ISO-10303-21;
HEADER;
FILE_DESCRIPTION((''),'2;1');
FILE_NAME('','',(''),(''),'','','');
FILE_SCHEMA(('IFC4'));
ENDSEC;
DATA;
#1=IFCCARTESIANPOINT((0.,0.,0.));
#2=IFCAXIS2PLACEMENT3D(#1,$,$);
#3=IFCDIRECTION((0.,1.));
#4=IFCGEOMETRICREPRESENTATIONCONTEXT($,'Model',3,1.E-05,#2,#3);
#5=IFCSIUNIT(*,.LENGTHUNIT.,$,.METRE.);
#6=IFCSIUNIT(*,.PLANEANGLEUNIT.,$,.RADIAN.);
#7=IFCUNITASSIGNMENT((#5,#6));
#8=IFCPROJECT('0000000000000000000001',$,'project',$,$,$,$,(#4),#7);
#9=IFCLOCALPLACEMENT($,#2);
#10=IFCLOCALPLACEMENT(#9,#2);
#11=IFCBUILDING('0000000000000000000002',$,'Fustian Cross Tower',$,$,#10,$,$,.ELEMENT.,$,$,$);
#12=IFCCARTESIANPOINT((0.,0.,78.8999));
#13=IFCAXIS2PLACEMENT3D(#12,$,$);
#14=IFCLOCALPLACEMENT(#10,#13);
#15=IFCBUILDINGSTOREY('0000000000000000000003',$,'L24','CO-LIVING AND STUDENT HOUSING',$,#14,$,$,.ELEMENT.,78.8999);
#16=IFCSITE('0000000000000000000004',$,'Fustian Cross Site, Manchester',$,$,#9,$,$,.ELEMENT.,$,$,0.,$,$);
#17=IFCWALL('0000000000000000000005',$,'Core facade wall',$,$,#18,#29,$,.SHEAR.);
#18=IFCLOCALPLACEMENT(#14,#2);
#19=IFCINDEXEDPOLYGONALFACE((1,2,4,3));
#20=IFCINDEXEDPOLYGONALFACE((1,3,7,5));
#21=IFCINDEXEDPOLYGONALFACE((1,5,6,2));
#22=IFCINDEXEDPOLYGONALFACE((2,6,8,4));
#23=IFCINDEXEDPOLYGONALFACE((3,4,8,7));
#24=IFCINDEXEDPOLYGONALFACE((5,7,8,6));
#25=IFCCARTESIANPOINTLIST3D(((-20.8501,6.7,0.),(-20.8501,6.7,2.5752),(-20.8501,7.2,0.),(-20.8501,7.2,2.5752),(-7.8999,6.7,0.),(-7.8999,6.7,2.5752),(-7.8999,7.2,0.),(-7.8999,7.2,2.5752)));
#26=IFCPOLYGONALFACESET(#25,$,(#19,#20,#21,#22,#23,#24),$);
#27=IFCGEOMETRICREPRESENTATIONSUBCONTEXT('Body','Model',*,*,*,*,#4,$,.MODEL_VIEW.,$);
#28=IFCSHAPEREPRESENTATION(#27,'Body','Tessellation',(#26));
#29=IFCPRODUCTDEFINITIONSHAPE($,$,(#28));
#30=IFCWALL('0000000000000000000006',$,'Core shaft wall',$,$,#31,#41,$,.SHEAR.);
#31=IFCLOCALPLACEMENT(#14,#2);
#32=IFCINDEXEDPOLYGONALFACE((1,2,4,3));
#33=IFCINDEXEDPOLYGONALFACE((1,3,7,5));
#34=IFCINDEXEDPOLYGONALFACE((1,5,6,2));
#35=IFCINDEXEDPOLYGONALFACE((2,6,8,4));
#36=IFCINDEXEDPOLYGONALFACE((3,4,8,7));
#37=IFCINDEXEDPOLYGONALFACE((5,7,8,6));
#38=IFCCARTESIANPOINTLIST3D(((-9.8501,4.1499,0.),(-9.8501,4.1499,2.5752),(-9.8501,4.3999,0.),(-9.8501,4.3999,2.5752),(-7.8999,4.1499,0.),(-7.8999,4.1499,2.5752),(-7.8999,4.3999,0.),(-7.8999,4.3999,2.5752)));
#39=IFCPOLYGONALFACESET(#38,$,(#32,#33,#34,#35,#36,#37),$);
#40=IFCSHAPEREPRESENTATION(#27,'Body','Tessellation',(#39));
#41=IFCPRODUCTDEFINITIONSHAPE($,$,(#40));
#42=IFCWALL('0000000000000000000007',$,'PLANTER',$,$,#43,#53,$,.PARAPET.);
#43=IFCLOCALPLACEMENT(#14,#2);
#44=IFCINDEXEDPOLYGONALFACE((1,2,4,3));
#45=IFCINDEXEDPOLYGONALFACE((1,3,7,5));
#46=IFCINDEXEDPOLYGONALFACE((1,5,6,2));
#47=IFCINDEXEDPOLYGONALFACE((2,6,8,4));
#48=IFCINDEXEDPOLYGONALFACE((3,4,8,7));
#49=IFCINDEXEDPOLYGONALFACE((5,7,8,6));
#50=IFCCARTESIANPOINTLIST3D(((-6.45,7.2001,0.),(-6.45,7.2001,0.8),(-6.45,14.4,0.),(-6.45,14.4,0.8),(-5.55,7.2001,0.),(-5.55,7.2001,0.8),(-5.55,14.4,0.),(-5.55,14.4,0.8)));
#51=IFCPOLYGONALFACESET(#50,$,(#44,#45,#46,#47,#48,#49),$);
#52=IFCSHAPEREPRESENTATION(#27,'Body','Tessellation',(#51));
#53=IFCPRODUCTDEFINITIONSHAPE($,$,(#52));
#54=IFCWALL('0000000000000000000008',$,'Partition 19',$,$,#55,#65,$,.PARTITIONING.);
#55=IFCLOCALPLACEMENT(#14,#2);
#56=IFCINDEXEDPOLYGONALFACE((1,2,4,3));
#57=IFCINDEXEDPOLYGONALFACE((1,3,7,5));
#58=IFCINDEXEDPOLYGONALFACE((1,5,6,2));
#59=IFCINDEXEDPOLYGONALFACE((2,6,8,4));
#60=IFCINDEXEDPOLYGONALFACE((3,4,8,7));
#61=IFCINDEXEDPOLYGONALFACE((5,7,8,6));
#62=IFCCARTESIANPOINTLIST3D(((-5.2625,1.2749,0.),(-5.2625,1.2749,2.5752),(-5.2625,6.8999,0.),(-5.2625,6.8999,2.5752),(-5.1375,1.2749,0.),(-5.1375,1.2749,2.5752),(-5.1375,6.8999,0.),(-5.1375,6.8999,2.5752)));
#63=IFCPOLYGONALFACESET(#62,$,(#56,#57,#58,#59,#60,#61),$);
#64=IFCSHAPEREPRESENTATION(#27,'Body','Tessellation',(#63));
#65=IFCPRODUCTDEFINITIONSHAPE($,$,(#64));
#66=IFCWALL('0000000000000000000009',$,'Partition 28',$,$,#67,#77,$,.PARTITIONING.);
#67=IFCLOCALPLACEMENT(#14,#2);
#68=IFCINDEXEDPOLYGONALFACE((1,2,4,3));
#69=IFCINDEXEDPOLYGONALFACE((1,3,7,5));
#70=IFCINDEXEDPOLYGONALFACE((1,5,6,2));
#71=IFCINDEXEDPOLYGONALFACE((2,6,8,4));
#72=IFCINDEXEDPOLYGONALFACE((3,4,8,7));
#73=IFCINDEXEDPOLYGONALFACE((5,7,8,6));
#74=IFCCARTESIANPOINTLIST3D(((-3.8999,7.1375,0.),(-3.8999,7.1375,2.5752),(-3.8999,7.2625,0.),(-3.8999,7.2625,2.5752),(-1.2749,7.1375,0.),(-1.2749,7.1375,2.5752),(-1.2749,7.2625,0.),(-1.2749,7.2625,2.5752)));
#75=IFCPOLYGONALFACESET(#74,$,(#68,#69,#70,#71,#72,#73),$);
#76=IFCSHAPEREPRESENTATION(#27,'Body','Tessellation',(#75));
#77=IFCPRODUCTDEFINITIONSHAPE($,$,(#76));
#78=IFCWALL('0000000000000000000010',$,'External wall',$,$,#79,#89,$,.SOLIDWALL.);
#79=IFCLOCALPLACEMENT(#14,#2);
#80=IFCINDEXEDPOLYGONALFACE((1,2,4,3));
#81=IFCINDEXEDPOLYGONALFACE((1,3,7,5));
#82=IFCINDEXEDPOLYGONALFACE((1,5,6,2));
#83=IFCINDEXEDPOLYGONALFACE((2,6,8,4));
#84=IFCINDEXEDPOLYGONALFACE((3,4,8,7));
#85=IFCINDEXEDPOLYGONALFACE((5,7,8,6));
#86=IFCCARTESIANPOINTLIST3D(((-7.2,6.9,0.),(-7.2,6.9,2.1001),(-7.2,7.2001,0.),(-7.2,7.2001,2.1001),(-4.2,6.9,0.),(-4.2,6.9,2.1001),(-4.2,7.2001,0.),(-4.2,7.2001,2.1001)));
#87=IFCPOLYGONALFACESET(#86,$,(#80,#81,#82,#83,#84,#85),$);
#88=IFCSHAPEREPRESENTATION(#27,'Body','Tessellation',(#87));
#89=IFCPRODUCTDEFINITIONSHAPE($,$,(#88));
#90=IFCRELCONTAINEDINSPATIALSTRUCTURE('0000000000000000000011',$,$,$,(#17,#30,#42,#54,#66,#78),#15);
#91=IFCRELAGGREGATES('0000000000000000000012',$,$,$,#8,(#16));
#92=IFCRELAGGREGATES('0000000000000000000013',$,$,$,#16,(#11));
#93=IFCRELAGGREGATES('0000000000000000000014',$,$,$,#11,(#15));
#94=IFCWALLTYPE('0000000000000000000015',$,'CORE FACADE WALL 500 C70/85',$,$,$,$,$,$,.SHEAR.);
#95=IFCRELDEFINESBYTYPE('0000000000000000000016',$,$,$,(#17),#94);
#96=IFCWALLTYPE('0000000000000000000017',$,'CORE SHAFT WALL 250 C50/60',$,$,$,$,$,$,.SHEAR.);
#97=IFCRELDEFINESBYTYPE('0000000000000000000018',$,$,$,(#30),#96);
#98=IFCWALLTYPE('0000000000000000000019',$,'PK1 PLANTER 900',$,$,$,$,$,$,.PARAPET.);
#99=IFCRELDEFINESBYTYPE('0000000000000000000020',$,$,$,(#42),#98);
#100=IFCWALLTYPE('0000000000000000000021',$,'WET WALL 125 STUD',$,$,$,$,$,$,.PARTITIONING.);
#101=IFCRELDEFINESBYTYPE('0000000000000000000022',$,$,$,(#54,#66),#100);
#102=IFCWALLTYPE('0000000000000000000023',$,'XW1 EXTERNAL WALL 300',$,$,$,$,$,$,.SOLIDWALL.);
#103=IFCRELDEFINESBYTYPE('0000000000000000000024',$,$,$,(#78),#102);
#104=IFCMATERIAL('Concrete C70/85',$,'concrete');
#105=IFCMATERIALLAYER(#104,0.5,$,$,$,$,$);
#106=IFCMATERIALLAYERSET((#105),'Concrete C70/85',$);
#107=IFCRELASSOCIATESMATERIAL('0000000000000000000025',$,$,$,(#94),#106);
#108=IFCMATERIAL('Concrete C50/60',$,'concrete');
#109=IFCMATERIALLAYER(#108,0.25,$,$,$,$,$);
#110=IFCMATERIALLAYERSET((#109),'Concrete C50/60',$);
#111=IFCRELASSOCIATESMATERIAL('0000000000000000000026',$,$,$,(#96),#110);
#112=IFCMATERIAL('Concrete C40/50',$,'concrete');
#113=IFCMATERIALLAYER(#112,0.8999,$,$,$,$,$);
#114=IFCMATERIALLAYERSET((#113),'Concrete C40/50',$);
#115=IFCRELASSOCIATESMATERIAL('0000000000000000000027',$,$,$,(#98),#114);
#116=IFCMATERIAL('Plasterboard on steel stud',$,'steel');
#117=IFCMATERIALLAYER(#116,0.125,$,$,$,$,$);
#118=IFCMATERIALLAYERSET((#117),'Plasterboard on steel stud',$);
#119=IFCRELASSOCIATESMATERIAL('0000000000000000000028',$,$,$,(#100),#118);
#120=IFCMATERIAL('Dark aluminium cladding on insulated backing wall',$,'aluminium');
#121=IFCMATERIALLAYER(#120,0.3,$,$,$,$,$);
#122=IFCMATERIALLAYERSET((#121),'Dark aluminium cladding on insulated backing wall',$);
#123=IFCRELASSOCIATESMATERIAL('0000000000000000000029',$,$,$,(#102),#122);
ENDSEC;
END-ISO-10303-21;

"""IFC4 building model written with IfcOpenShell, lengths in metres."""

from ifc_helpers import new_model, si_unit, direction, frame, frame_2d, origin, place, context, subcontext, project, spatial, rectangle, extrude, material, layer, layer_set, type_object, element, save


model = new_model("IFC4")

# Units and contexts
model_context = context("Model", 3, precision=1e-05, world=origin(), true_north=direction((0.0, 1.0)))
body_context = subcontext(model_context, "Body", "Model", "MODEL_VIEW")
ifc_project = project(units=[si_unit("LENGTHUNIT", "METRE"), si_unit("PLANEANGLEUNIT", "RADIAN")], contexts=[model_context])

# Site, building, storey
site_placement = place(None, origin())
site = spatial("IfcSite", under=ifc_project, at=site_placement, Name="Fustian Cross Site, Manchester", CompositionType="ELEMENT", RefElevation=0.0)
building_placement = place(site_placement, origin())
building = spatial("IfcBuilding", under=site, at=building_placement, Name="Fustian Cross Tower", CompositionType="ELEMENT")
storey_placement = place(building_placement, frame((0.0, 0.0, 78.8999)))
storey = spatial("IfcBuildingStorey", under=building, at=storey_placement, Name="L24", Description="CO-LIVING AND STUDENT HOUSING", CompositionType="ELEMENT", Elevation=78.8999)

# Walls
ifc_material_1 = material(Name="Concrete C70/85", Category="concrete")
ifc_layer_1 = layer(ifc_material_1, 0.5)
ifc_layer_set_1 = layer_set([ifc_layer_1], Name="Concrete C70/85")
wall_type_1 = type_object("IfcWallType", Name="CORE FACADE WALL 500 C70/85", PredefinedType="SHEAR", material=ifc_layer_set_1)
wall_1_placement = place(storey_placement, frame((-7.8999, 6.95, 0.0), z_axis=(0.0, 0.0, 1.0), x_axis=(-1.0, 0.0, 0.0)))
element("IfcWall", 1, at=wall_1_placement, inside=storey, type_object=wall_type_1, Name="Core facade wall", PredefinedType="SHEAR", context=body_context, shape_type="SweptSolid", body=[
    extrude(rectangle(XDim=12.9502, YDim=0.5, at=frame_2d((6.4751, 0.0))), origin(), (0.0, 0.0, 1.0), 2.5752),
])
ifc_material_2 = material(Name="Concrete C50/60", Category="concrete")
ifc_layer_2 = layer(ifc_material_2, 0.25)
ifc_layer_set_2 = layer_set([ifc_layer_2], Name="Concrete C50/60")
wall_type_2 = type_object("IfcWallType", Name="CORE SHAFT WALL 250 C50/60", PredefinedType="SHEAR", material=ifc_layer_set_2)
wall_2_placement = place(storey_placement, frame((-7.8999, 4.2749, 0.0), z_axis=(0.0, 0.0, 1.0), x_axis=(-1.0, 0.0, 0.0)))
element("IfcWall", 2, at=wall_2_placement, inside=storey, type_object=wall_type_2, Name="Core shaft wall", PredefinedType="SHEAR", context=body_context, shape_type="SweptSolid", body=[
    extrude(rectangle(XDim=1.9502, YDim=0.25, at=frame_2d((0.9751, 0.0))), origin(), (0.0, 0.0, 1.0), 2.5752),
])
ifc_material_3 = material(Name="Concrete C40/50", Category="concrete")
ifc_layer_3 = layer(ifc_material_3, 0.8999)
ifc_layer_set_3 = layer_set([ifc_layer_3], Name="Concrete C40/50")
wall_type_3 = type_object("IfcWallType", Name="PK1 PLANTER 900", PredefinedType="PARAPET", material=ifc_layer_set_3)
wall_3_placement = place(storey_placement, frame((-6.0, 7.2, 0.0), z_axis=(0.0, 0.0, 1.0), x_axis=(0.0, 1.0, 0.0)))
element("IfcWall", 3, at=wall_3_placement, inside=storey, type_object=wall_type_3, Name="PLANTER", PredefinedType="PARAPET", context=body_context, shape_type="SweptSolid", body=[
    extrude(rectangle(XDim=7.2, YDim=0.8999, at=frame_2d((3.6001, 0.0))), origin(), (0.0, 0.0, 1.0), 0.8),
])
ifc_material_4 = material(Name="Plasterboard on steel stud", Category="steel")
ifc_layer_4 = layer(ifc_material_4, 0.125)
ifc_layer_set_4 = layer_set([ifc_layer_4], Name="Plasterboard on steel stud")
wall_type_4 = type_object("IfcWallType", Name="WET WALL 125 STUD", PredefinedType="PARTITIONING", material=ifc_layer_set_4)
wall_4_placement = place(storey_placement, frame((-5.2, 1.2749, 0.0), z_axis=(0.0, 0.0, 1.0), x_axis=(0.0, 1.0, 0.0)))
element("IfcWall", 4, at=wall_4_placement, inside=storey, type_object=wall_type_4, Name="Partition 19", PredefinedType="PARTITIONING", context=body_context, shape_type="SweptSolid", body=[
    extrude(rectangle(XDim=5.625, YDim=0.125, at=frame_2d((2.8125, 0.0))), origin(), (0.0, 0.0, 1.0), 2.5752),
])
wall_5_placement = place(storey_placement, frame((-3.8999, 7.2, 0.0), z_axis=(0.0, 0.0, 1.0), x_axis=(1.0, 0.0, 0.0)))
element("IfcWall", 5, at=wall_5_placement, inside=storey, type_object=wall_type_4, Name="Partition 28", PredefinedType="PARTITIONING", context=body_context, shape_type="SweptSolid", body=[
    extrude(rectangle(XDim=2.625, YDim=0.125, at=frame_2d((1.3125, 0.0))), origin(), (0.0, 0.0, 1.0), 2.5752),
])
ifc_material_5 = material(Name="Dark aluminium cladding on insulated backing wall", Category="aluminium")
ifc_layer_5 = layer(ifc_material_5, 0.3)
ifc_layer_set_5 = layer_set([ifc_layer_5], Name="Dark aluminium cladding on insulated backing wall")
wall_type_5 = type_object("IfcWallType", Name="XW1 EXTERNAL WALL 300", PredefinedType="SOLIDWALL", material=ifc_layer_set_5)
wall_6_placement = place(storey_placement, frame((-4.2, 7.05, 0.0), z_axis=(0.0, 0.0, 1.0), x_axis=(-1.0, 0.0, 0.0)))
element("IfcWall", 6, at=wall_6_placement, inside=storey, type_object=wall_type_5, Name="External wall", PredefinedType="SOLIDWALL", context=body_context, shape_type="SweptSolid", body=[
    extrude(rectangle(XDim=3.0, YDim=0.3, at=frame_2d((1.5, 0.0))), origin(), (0.0, 0.0, 1.0), 2.1001),
])

save(model, "model.ifc")
